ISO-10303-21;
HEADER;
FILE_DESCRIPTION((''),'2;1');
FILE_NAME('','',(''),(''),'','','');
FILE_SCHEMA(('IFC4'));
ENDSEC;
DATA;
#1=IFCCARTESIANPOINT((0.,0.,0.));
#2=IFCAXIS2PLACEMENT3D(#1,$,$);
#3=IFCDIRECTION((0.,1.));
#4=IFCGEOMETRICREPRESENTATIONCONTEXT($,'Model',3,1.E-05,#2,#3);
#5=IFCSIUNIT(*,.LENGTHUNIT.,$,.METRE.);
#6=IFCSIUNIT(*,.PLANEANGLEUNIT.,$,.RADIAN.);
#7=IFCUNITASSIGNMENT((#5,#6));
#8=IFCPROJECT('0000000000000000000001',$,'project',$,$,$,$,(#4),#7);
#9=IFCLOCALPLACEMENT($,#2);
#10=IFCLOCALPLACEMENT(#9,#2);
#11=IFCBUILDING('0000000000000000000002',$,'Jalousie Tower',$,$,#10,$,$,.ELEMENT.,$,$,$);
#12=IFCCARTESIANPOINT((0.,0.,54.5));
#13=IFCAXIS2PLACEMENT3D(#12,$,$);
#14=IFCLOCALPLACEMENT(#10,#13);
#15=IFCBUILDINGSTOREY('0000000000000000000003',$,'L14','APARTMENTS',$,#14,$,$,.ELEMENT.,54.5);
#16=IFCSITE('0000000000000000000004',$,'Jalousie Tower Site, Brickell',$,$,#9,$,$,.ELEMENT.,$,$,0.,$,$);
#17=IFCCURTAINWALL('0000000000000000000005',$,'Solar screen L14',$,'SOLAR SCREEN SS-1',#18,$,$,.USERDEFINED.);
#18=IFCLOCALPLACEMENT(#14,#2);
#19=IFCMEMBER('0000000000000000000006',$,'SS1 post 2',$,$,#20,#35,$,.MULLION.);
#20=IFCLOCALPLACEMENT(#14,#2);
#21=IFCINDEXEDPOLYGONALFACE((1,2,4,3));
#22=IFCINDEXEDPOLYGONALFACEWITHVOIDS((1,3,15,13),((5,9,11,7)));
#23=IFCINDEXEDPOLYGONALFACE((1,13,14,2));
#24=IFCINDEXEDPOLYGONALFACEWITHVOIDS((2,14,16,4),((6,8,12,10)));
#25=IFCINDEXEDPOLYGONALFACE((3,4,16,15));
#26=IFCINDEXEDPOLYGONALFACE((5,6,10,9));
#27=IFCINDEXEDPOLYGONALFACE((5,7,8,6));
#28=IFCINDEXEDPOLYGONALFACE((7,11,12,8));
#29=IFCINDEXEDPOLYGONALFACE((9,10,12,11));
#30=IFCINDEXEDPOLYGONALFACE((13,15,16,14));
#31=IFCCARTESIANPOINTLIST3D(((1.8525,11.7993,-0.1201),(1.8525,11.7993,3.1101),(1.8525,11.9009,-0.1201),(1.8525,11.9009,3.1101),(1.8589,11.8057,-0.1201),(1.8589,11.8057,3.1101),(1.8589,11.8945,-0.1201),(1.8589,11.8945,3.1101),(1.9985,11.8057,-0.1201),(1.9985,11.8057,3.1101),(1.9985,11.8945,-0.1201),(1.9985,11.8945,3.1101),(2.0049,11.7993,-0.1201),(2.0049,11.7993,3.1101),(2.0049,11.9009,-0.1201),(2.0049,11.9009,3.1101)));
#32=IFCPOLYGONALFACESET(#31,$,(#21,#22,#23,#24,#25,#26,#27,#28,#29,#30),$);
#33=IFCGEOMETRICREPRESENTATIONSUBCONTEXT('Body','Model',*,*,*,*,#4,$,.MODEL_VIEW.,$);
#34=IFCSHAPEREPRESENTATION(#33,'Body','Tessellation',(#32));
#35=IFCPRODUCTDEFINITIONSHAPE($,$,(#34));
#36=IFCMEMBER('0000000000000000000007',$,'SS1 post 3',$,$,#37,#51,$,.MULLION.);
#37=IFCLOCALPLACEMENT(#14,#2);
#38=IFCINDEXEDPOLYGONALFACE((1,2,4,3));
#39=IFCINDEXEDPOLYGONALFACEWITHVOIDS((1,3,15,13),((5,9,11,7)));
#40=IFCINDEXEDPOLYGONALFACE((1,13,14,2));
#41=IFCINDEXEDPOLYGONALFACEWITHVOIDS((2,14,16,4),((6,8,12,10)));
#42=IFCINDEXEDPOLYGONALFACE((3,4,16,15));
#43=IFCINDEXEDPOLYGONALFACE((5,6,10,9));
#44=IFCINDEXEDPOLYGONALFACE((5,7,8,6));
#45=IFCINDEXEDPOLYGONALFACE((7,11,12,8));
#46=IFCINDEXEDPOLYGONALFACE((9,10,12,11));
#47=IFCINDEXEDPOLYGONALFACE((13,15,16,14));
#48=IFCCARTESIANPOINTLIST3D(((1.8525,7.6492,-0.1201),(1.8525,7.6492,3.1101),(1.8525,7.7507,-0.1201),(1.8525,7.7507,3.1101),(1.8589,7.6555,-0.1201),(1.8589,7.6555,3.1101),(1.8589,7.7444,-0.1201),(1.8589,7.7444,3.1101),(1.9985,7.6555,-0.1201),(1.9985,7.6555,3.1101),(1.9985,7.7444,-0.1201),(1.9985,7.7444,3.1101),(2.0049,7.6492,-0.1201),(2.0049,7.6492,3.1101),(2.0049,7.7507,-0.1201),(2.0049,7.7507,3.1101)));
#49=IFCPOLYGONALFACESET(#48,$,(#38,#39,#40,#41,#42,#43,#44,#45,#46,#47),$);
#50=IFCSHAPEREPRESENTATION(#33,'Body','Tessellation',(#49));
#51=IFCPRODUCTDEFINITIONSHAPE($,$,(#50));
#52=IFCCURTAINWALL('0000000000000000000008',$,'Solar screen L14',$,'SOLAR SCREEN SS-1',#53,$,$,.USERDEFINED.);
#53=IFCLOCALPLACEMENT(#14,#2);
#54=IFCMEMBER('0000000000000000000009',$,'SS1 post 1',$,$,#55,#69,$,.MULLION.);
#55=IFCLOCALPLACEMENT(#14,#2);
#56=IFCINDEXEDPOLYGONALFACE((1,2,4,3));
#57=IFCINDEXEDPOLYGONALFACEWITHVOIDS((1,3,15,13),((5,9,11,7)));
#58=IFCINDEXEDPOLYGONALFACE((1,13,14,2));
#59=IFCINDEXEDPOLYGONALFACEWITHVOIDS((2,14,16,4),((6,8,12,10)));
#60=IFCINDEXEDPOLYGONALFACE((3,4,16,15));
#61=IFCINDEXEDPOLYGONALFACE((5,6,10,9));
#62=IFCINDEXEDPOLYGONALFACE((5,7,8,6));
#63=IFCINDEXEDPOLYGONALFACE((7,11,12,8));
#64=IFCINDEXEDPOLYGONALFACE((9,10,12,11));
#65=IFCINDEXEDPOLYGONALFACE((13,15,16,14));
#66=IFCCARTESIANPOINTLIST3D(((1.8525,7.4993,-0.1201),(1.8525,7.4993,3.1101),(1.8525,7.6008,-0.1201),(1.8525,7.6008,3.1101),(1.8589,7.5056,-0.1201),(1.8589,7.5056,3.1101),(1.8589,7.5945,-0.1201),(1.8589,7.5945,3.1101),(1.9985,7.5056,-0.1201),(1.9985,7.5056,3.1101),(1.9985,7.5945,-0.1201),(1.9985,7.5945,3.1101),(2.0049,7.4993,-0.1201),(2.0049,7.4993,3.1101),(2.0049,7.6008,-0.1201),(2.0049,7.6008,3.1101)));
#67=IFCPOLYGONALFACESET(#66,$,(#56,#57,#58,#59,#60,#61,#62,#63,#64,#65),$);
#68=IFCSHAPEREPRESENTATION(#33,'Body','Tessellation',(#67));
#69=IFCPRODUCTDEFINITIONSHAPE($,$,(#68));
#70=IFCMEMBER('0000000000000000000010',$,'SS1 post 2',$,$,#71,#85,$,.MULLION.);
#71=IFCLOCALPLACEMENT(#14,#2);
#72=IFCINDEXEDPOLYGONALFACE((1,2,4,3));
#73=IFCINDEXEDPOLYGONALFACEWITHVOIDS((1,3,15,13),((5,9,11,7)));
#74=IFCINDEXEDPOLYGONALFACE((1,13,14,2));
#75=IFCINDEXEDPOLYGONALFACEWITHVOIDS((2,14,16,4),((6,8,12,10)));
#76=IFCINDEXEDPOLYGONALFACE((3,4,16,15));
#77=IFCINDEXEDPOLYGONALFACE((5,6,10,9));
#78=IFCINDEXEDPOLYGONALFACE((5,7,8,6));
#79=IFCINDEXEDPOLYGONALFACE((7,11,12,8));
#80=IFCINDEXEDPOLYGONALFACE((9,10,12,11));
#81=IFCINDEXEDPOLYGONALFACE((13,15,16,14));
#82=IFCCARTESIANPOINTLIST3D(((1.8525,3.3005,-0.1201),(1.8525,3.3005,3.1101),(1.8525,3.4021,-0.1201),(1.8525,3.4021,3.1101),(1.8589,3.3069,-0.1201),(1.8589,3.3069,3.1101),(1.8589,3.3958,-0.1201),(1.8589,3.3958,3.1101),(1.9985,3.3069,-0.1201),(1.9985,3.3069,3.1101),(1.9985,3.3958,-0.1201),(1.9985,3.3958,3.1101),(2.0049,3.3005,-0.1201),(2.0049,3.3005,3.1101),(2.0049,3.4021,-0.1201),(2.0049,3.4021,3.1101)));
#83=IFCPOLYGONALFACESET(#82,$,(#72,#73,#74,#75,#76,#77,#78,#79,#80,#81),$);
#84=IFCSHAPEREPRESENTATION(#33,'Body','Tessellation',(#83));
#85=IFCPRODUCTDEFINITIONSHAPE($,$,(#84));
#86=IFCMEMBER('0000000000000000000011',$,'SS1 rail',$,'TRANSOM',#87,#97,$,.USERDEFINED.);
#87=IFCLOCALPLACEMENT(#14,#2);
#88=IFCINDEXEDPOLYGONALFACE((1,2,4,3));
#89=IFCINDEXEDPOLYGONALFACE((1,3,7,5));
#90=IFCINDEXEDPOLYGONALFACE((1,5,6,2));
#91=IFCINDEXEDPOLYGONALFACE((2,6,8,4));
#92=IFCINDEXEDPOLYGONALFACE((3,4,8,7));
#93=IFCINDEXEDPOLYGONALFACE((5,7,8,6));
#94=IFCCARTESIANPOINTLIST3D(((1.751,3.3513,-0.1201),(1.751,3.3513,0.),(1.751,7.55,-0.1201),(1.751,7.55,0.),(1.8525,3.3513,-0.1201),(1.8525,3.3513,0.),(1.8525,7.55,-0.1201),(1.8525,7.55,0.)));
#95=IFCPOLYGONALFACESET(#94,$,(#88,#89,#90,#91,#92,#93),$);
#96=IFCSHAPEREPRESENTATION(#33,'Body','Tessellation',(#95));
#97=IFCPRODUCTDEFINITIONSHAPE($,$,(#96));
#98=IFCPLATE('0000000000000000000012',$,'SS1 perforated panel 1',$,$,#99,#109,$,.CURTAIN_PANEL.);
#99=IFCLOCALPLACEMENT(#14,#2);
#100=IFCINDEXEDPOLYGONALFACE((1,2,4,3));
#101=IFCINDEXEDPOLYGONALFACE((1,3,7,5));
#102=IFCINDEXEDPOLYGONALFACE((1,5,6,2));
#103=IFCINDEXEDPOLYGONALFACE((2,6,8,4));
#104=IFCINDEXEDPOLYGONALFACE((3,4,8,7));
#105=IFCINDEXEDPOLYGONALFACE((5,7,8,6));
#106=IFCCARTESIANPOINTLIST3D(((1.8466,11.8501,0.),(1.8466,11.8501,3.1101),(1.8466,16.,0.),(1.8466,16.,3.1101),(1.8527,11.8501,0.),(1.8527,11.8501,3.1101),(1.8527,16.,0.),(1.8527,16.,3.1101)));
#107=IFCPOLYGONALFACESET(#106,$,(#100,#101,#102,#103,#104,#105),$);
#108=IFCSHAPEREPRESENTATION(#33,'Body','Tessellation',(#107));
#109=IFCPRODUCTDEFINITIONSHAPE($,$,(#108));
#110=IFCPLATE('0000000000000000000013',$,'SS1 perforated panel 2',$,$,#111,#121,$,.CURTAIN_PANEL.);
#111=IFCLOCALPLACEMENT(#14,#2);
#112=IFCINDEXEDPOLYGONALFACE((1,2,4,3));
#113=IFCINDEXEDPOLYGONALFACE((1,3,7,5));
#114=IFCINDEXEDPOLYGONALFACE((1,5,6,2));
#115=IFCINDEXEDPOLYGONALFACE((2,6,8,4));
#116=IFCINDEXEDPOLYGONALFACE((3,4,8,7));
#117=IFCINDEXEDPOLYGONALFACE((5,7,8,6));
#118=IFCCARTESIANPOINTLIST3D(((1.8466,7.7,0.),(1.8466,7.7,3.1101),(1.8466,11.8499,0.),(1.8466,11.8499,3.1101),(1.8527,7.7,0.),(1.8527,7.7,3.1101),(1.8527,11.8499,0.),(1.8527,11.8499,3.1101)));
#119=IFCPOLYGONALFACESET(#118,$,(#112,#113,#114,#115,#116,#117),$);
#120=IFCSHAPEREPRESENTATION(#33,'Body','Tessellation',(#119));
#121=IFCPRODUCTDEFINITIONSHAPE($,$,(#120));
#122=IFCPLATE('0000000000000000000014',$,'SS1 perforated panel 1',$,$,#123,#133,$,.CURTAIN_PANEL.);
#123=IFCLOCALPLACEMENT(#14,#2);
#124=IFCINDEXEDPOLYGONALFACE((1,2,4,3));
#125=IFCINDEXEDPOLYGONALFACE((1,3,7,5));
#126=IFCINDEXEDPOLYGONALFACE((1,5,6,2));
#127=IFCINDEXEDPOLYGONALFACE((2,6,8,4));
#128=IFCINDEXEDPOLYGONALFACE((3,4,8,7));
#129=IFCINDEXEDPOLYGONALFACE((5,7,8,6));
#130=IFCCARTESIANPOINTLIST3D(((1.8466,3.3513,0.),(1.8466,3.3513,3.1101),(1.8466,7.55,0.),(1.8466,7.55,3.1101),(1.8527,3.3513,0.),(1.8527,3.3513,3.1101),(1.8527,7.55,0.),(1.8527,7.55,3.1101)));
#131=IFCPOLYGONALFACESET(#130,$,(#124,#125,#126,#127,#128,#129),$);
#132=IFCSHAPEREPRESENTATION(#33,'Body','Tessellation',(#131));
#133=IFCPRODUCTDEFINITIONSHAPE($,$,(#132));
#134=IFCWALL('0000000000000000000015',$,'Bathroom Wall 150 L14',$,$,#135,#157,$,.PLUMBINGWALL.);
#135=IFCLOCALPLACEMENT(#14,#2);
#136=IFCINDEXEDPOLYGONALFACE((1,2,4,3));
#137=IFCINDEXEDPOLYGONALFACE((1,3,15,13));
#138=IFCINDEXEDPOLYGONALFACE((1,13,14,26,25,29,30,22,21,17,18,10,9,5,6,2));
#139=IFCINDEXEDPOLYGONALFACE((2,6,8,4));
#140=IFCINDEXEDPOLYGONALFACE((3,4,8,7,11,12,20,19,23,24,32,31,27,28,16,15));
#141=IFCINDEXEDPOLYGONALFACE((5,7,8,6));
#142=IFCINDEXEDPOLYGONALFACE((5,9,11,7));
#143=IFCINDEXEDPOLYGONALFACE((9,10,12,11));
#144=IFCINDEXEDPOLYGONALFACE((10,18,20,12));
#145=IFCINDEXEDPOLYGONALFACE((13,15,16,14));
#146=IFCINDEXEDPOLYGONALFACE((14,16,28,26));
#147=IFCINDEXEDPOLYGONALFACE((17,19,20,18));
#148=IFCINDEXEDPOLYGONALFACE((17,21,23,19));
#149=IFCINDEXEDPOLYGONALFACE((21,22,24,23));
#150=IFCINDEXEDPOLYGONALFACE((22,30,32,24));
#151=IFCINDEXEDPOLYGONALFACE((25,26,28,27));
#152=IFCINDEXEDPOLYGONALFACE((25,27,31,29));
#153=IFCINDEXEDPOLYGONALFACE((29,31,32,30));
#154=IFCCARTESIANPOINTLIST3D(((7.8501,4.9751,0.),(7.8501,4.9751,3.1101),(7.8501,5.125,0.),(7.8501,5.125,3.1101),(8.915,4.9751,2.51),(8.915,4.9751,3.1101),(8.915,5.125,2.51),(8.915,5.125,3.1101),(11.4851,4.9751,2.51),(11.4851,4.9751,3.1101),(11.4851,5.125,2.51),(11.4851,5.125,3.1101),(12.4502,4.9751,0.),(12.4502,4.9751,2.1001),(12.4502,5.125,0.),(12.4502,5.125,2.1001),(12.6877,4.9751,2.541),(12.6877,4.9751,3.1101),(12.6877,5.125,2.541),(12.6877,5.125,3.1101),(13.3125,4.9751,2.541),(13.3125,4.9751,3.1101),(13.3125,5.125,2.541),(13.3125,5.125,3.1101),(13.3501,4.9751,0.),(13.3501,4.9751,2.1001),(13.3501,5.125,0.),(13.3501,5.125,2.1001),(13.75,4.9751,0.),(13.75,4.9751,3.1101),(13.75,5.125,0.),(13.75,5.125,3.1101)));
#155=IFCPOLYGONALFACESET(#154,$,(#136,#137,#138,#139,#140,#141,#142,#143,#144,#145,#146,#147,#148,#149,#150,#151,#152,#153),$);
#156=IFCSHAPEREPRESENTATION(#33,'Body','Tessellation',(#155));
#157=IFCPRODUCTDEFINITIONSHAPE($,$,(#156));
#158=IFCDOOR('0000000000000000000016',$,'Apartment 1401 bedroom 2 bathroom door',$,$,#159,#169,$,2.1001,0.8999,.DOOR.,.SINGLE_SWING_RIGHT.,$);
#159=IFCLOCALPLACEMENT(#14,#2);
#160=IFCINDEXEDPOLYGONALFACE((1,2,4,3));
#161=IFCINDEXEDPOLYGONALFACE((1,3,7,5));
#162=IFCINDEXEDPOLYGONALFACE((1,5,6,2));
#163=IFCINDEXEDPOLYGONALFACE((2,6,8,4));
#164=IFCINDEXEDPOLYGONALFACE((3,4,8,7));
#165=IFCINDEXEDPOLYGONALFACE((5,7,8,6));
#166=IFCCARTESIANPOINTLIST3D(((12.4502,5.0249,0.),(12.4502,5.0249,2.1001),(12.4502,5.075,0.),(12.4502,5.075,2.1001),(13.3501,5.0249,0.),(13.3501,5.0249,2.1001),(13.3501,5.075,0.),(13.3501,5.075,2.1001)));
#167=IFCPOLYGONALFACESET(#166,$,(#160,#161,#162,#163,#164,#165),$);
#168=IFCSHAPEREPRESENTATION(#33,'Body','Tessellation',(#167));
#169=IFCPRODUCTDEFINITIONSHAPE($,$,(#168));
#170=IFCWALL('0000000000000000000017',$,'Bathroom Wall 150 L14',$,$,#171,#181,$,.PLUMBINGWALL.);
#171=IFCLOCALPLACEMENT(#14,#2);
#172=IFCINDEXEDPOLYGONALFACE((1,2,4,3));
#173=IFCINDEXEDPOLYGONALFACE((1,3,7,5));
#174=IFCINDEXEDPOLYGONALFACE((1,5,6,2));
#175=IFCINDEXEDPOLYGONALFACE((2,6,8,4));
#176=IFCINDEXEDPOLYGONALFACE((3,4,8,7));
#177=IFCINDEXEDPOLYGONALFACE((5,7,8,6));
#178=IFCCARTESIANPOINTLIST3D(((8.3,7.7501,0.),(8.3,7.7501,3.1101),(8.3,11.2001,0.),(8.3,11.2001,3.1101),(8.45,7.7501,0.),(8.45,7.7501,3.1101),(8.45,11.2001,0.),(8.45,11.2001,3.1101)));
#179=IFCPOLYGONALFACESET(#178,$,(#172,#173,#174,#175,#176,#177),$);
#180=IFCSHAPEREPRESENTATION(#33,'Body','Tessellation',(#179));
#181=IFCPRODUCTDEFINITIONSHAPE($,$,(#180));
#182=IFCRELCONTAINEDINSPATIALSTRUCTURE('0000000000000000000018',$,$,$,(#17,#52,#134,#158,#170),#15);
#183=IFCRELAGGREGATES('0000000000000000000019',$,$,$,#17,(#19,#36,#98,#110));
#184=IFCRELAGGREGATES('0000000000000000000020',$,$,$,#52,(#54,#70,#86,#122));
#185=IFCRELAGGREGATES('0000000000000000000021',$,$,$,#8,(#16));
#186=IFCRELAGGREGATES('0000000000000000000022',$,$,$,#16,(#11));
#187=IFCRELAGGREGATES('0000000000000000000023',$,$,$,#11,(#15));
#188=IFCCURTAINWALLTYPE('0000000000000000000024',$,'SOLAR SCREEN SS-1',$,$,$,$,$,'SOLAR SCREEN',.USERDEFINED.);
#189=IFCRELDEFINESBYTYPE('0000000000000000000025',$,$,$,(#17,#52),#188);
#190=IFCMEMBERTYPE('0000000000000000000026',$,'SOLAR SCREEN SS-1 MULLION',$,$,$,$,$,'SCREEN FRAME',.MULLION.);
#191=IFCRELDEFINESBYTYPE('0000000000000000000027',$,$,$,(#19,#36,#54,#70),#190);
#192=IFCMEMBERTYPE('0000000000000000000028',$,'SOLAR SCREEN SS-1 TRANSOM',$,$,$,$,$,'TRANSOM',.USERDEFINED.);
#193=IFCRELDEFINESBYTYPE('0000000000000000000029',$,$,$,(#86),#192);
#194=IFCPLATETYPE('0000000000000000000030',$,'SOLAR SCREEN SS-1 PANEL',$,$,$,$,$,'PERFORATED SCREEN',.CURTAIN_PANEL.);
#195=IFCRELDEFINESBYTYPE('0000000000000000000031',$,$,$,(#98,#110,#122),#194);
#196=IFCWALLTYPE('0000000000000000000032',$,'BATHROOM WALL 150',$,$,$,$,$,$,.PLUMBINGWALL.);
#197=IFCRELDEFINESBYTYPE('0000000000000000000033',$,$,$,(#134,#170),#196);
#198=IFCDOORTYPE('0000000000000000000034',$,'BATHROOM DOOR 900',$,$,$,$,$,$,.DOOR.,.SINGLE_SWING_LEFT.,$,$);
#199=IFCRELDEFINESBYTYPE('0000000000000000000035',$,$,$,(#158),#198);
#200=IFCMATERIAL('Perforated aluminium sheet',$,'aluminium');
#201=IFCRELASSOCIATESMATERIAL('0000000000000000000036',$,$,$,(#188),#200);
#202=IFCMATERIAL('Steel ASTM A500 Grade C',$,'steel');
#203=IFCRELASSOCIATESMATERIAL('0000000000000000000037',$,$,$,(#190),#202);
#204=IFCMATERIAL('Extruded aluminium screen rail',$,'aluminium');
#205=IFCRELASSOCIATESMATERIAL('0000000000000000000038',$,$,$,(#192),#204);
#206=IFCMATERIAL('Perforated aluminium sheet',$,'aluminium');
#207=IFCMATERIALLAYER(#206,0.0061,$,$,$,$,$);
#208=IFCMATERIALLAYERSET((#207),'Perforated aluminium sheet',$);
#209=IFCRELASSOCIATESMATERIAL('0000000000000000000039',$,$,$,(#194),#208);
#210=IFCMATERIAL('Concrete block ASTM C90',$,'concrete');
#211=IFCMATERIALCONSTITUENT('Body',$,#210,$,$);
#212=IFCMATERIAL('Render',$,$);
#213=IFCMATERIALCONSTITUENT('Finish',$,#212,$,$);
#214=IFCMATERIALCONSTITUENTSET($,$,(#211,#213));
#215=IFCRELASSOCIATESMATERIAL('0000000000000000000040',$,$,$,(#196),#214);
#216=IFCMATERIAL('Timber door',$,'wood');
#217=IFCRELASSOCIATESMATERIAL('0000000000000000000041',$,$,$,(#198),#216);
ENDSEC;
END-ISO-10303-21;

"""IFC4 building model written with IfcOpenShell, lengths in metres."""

from ifc_helpers import new_model, si_unit, direction, frame, frame_2d, origin, origin_2d, place, context, subcontext, project, spatial, polyline, rectangle, hollow_rectangle, outline, extrude, material, layer, layer_set, constituent, constituent_set, material_profile, profile_set, type_object, element, fill, aggregate, save


model = new_model("IFC4")

# Units and contexts
model_context = context("Model", 3, precision=1e-05, world=origin(), true_north=direction((0.0, 1.0)))
body_context = subcontext(model_context, "Body", "Model", "MODEL_VIEW")
ifc_project = project(units=[si_unit("LENGTHUNIT", "METRE"), si_unit("PLANEANGLEUNIT", "RADIAN")], contexts=[model_context])

# Site, building, storey
site_placement = place(None, origin())
site = spatial("IfcSite", under=ifc_project, at=site_placement, Name="Jalousie Tower Site, Brickell", CompositionType="ELEMENT", RefElevation=0.0)
building_placement = place(site_placement, origin())
building = spatial("IfcBuilding", under=site, at=building_placement, Name="Jalousie Tower", CompositionType="ELEMENT")
storey_placement = place(building_placement, frame((0.0, 0.0, 54.5)))
storey = spatial("IfcBuildingStorey", under=building, at=storey_placement, Name="L14", Description="APARTMENTS", CompositionType="ELEMENT", Elevation=54.5)

# Curtain walls, members
ifc_material_1 = material(Name="Perforated aluminium sheet", Category="aluminium")
curtain_wall_type = type_object("IfcCurtainWallType", Name="SOLAR SCREEN SS-1", ElementType="SOLAR SCREEN", PredefinedType="USERDEFINED", material=ifc_material_1)
curtain_wall_1_placement = place(storey_placement, origin())
curtain_wall_1 = element("IfcCurtainWall", 1, at=curtain_wall_1_placement, inside=storey, type_object=curtain_wall_type, Name="Solar screen L14", ObjectType="SOLAR SCREEN SS-1", PredefinedType="USERDEFINED")
ifc_material_2 = material(Name="Steel ASTM A500 Grade C", Category="steel")
ifc_material_profile_1 = material_profile(ifc_material_2, hollow_rectangle(XDim=0.1016, YDim=0.1523, WallThickness=0.0063, at=origin_2d()), Name="HSS6X4X1/4")
ifc_profile_set_1 = profile_set([ifc_material_profile_1], Name="Steel ASTM A500 Grade C")
member_type_1 = type_object("IfcMemberType", Name="SOLAR SCREEN SS-1 MULLION", ElementType="SCREEN FRAME", PredefinedType="MULLION", material=ifc_profile_set_1)
member_1_placement = place(storey_placement, frame((1.9287, 11.8501, -0.1201), z_axis=(0.0, 0.0, 1.0), x_axis=(0.0, -1.0, 0.0)))
member_1 = element("IfcMember", 2, at=member_1_placement, type_object=member_type_1, Name="SS1 post 2", PredefinedType="MULLION", context=body_context, shape_type="SweptSolid", body=[
    extrude(hollow_rectangle(XDim=0.1016, YDim=0.1523, WallThickness=0.0063, at=origin_2d()), origin(), (0.0, 0.0, 1.0), 3.2302),
])
member_2_placement = place(storey_placement, frame((1.9287, 7.7, -0.1201), z_axis=(0.0, 0.0, 1.0), x_axis=(0.0, -1.0, 0.0)))
member_2 = element("IfcMember", 3, at=member_2_placement, type_object=member_type_1, Name="SS1 post 3", PredefinedType="MULLION", context=body_context, shape_type="SweptSolid", body=[
    extrude(hollow_rectangle(XDim=0.1016, YDim=0.1523, WallThickness=0.0063, at=origin_2d()), origin(), (0.0, 0.0, 1.0), 3.2302),
])
curtain_wall_2_placement = place(storey_placement, origin())
curtain_wall_2 = element("IfcCurtainWall", 4, at=curtain_wall_2_placement, inside=storey, type_object=curtain_wall_type, Name="Solar screen L14", ObjectType="SOLAR SCREEN SS-1", PredefinedType="USERDEFINED")
member_3_placement = place(storey_placement, frame((1.9287, 7.55, -0.1201), z_axis=(0.0, 0.0, 1.0), x_axis=(0.0, -1.0, 0.0)))
member_3 = element("IfcMember", 5, at=member_3_placement, type_object=member_type_1, Name="SS1 post 1", PredefinedType="MULLION", context=body_context, shape_type="SweptSolid", body=[
    extrude(hollow_rectangle(XDim=0.1016, YDim=0.1523, WallThickness=0.0063, at=origin_2d()), origin(), (0.0, 0.0, 1.0), 3.2302),
])
member_4_placement = place(storey_placement, frame((1.9287, 3.3513, -0.1201), z_axis=(0.0, 0.0, 1.0), x_axis=(0.0, -1.0, 0.0)))
member_4 = element("IfcMember", 6, at=member_4_placement, type_object=member_type_1, Name="SS1 post 2", PredefinedType="MULLION", context=body_context, shape_type="SweptSolid", body=[
    extrude(hollow_rectangle(XDim=0.1016, YDim=0.1523, WallThickness=0.0063, at=origin_2d()), origin(), (0.0, 0.0, 1.0), 3.2302),
])
ifc_material_3 = material(Name="Extruded aluminium screen rail", Category="aluminium")
ifc_material_profile_2 = material_profile(ifc_material_3, rectangle(XDim=0.1016, YDim=0.1201, at=origin_2d()), Name="RAIL 102x120")
ifc_profile_set_2 = profile_set([ifc_material_profile_2], Name="Extruded aluminium screen rail")
member_type_2 = type_object("IfcMemberType", Name="SOLAR SCREEN SS-1 TRANSOM", ElementType="TRANSOM", PredefinedType="USERDEFINED", material=ifc_profile_set_2)
member_5_placement = place(storey_placement, frame((1.8018, 7.55, -0.0601), z_axis=(0.0, -1.0, 0.0), x_axis=(1.0, 0.0, 0.0)))
member_5 = element("IfcMember", 7, at=member_5_placement, type_object=member_type_2, Name="SS1 rail", ObjectType="TRANSOM", PredefinedType="USERDEFINED", context=body_context, shape_type="SweptSolid", body=[
    extrude(rectangle(XDim=0.1016, YDim=0.1201, at=origin_2d()), origin(), (0.0, 0.0, 1.0), 4.1987),
])

# Plates
ifc_material_4 = material(Name="Perforated aluminium sheet", Category="aluminium")
ifc_layer_1 = layer(ifc_material_4, 0.0061)
ifc_layer_set_1 = layer_set([ifc_layer_1], Name="Perforated aluminium sheet")
plate_type = type_object("IfcPlateType", Name="SOLAR SCREEN SS-1 PANEL", ElementType="PERFORATED SCREEN", PredefinedType="CURTAIN_PANEL", material=ifc_layer_set_1)
plate_1_placement = place(storey_placement, frame((1.8496, 13.925, 0.0), z_axis=(0.0, 0.0, 1.0), x_axis=(0.0, -1.0, 0.0)))
plate_1 = element("IfcPlate", 8, at=plate_1_placement, type_object=plate_type, Name="SS1 perforated panel 1", PredefinedType="CURTAIN_PANEL", context=body_context, shape_type="SweptSolid", body=[
    extrude(rectangle(XDim=4.1499, YDim=0.0061, at=origin_2d()), origin(), (0.0, 0.0, 1.0), 3.1101),
])
plate_2_placement = place(storey_placement, frame((1.8496, 9.7749, 0.0), z_axis=(0.0, 0.0, 1.0), x_axis=(0.0, -1.0, 0.0)))
plate_2 = element("IfcPlate", 9, at=plate_2_placement, type_object=plate_type, Name="SS1 perforated panel 2", PredefinedType="CURTAIN_PANEL", context=body_context, shape_type="SweptSolid", body=[
    extrude(rectangle(XDim=4.1499, YDim=0.0061, at=origin_2d()), origin(), (0.0, 0.0, 1.0), 3.1101),
])
aggregate(curtain_wall_1, [member_1, member_2, plate_1, plate_2])
plate_3_placement = place(storey_placement, frame((1.8496, 5.4507, 0.0), z_axis=(0.0, 0.0, 1.0), x_axis=(0.0, -1.0, 0.0)))
plate_3 = element("IfcPlate", 10, at=plate_3_placement, type_object=plate_type, Name="SS1 perforated panel 1", PredefinedType="CURTAIN_PANEL", context=body_context, shape_type="SweptSolid", body=[
    extrude(rectangle(XDim=4.1987, YDim=0.0061, at=origin_2d()), origin(), (0.0, 0.0, 1.0), 3.1101),
])
aggregate(curtain_wall_2, [member_3, member_4, member_5, plate_3])

# Wall, opening, door
ifc_material_5 = material(Name="Concrete block ASTM C90", Category="concrete")
ifc_constituent_1 = constituent(ifc_material_5, Name="Body")
ifc_material_6 = material(Name="Render")
ifc_constituent_2 = constituent(ifc_material_6, Name="Finish")
ifc_constituent_set_1 = constituent_set(constituents=[ifc_constituent_1, ifc_constituent_2])
wall_type_1 = type_object("IfcWallType", Name="BATHROOM WALL 150", PredefinedType="PLUMBINGWALL", material=ifc_constituent_set_1)
wall_1_placement = place(storey_placement, frame((7.8501, 5.05, 0.0), z_axis=(0.0, 0.0, 1.0), x_axis=(1.0, 0.0, 0.0)))
wall_1 = element("IfcWall", 11, at=wall_1_placement, inside=storey, type_object=wall_type_1, Name="Bathroom Wall 150 L14", PredefinedType="PLUMBINGWALL", context=body_context, shape_type="SweptSolid", body=[
    extrude(outline(polyline([(0.0, 0.0), (5.8999, 0.0), (5.8999, 3.1101), (5.4624, 3.1101), (5.4624, 2.541), (4.8376, 2.541), (4.8376, 3.1101), (3.635, 3.1101), (3.635, 2.51), (1.0649, 2.51), (1.0649, 3.1101), (0.0, 3.1101), (0.0, 0.0)])), frame((0.0, 0.075, 0.0), z_axis=(0.0, -1.0, 0.0), x_axis=(1.0, 0.0, 0.0)), (0.0, 0.0, 1.0), 0.1499),
])
opening_1_placement = place(wall_1_placement, frame((4.6001, 0.0, 0.0)))
opening_1 = element("IfcOpeningElement", 12, at=opening_1_placement, cuts=wall_1, PredefinedType="OPENING", context=body_context, shape_type="SweptSolid", body=[
    extrude(rectangle(XDim=0.8999, YDim=2.1001, at=frame_2d((0.45, 1.05))), frame((0.0, 0.085, 0.0), z_axis=(0.0, -1.0, 0.0), x_axis=(1.0, 0.0, 0.0)), (0.0, 0.0, 1.0), 0.1699),
])
ifc_material_7 = material(Name="Timber door", Category="wood")
door_type_1 = type_object("IfcDoorType", Name="BATHROOM DOOR 900", OperationType="SINGLE_SWING_LEFT", PredefinedType="DOOR", material=ifc_material_7)
door_1_placement = place(opening_1_placement, origin())
door_1 = element("IfcDoor", 13, at=door_1_placement, inside=storey, type_object=door_type_1, Name="Apartment 1401 bedroom 2 bathroom door", OperationType="SINGLE_SWING_RIGHT", OverallHeight=2.1001, OverallWidth=0.8999, PredefinedType="DOOR", context=body_context, shape_type="SweptSolid", body=[
    extrude(rectangle(XDim=0.8999, YDim=2.1001, at=frame_2d((0.45, 1.05))), frame((0.0, 0.0249, 0.0), z_axis=(0.0, -1.0, 0.0), x_axis=(1.0, 0.0, 0.0)), (0.0, 0.0, 1.0), 0.05),
])
fill(opening_1, door_1)

# Wall
wall_2_placement = place(storey_placement, frame((8.375, 7.75, 0.0), z_axis=(0.0, 0.0, 1.0), x_axis=(0.0, 1.0, 0.0)))
element("IfcWall", 14, at=wall_2_placement, inside=storey, type_object=wall_type_1, Name="Bathroom Wall 150 L14", PredefinedType="PLUMBINGWALL", context=body_context, shape_type="SweptSolid", body=[
    extrude(rectangle(XDim=3.45, YDim=0.1499, at=frame_2d((1.7251, 0.0))), origin(), (0.0, 0.0, 1.0), 3.1101),
])

save(model, "model.ifc")
